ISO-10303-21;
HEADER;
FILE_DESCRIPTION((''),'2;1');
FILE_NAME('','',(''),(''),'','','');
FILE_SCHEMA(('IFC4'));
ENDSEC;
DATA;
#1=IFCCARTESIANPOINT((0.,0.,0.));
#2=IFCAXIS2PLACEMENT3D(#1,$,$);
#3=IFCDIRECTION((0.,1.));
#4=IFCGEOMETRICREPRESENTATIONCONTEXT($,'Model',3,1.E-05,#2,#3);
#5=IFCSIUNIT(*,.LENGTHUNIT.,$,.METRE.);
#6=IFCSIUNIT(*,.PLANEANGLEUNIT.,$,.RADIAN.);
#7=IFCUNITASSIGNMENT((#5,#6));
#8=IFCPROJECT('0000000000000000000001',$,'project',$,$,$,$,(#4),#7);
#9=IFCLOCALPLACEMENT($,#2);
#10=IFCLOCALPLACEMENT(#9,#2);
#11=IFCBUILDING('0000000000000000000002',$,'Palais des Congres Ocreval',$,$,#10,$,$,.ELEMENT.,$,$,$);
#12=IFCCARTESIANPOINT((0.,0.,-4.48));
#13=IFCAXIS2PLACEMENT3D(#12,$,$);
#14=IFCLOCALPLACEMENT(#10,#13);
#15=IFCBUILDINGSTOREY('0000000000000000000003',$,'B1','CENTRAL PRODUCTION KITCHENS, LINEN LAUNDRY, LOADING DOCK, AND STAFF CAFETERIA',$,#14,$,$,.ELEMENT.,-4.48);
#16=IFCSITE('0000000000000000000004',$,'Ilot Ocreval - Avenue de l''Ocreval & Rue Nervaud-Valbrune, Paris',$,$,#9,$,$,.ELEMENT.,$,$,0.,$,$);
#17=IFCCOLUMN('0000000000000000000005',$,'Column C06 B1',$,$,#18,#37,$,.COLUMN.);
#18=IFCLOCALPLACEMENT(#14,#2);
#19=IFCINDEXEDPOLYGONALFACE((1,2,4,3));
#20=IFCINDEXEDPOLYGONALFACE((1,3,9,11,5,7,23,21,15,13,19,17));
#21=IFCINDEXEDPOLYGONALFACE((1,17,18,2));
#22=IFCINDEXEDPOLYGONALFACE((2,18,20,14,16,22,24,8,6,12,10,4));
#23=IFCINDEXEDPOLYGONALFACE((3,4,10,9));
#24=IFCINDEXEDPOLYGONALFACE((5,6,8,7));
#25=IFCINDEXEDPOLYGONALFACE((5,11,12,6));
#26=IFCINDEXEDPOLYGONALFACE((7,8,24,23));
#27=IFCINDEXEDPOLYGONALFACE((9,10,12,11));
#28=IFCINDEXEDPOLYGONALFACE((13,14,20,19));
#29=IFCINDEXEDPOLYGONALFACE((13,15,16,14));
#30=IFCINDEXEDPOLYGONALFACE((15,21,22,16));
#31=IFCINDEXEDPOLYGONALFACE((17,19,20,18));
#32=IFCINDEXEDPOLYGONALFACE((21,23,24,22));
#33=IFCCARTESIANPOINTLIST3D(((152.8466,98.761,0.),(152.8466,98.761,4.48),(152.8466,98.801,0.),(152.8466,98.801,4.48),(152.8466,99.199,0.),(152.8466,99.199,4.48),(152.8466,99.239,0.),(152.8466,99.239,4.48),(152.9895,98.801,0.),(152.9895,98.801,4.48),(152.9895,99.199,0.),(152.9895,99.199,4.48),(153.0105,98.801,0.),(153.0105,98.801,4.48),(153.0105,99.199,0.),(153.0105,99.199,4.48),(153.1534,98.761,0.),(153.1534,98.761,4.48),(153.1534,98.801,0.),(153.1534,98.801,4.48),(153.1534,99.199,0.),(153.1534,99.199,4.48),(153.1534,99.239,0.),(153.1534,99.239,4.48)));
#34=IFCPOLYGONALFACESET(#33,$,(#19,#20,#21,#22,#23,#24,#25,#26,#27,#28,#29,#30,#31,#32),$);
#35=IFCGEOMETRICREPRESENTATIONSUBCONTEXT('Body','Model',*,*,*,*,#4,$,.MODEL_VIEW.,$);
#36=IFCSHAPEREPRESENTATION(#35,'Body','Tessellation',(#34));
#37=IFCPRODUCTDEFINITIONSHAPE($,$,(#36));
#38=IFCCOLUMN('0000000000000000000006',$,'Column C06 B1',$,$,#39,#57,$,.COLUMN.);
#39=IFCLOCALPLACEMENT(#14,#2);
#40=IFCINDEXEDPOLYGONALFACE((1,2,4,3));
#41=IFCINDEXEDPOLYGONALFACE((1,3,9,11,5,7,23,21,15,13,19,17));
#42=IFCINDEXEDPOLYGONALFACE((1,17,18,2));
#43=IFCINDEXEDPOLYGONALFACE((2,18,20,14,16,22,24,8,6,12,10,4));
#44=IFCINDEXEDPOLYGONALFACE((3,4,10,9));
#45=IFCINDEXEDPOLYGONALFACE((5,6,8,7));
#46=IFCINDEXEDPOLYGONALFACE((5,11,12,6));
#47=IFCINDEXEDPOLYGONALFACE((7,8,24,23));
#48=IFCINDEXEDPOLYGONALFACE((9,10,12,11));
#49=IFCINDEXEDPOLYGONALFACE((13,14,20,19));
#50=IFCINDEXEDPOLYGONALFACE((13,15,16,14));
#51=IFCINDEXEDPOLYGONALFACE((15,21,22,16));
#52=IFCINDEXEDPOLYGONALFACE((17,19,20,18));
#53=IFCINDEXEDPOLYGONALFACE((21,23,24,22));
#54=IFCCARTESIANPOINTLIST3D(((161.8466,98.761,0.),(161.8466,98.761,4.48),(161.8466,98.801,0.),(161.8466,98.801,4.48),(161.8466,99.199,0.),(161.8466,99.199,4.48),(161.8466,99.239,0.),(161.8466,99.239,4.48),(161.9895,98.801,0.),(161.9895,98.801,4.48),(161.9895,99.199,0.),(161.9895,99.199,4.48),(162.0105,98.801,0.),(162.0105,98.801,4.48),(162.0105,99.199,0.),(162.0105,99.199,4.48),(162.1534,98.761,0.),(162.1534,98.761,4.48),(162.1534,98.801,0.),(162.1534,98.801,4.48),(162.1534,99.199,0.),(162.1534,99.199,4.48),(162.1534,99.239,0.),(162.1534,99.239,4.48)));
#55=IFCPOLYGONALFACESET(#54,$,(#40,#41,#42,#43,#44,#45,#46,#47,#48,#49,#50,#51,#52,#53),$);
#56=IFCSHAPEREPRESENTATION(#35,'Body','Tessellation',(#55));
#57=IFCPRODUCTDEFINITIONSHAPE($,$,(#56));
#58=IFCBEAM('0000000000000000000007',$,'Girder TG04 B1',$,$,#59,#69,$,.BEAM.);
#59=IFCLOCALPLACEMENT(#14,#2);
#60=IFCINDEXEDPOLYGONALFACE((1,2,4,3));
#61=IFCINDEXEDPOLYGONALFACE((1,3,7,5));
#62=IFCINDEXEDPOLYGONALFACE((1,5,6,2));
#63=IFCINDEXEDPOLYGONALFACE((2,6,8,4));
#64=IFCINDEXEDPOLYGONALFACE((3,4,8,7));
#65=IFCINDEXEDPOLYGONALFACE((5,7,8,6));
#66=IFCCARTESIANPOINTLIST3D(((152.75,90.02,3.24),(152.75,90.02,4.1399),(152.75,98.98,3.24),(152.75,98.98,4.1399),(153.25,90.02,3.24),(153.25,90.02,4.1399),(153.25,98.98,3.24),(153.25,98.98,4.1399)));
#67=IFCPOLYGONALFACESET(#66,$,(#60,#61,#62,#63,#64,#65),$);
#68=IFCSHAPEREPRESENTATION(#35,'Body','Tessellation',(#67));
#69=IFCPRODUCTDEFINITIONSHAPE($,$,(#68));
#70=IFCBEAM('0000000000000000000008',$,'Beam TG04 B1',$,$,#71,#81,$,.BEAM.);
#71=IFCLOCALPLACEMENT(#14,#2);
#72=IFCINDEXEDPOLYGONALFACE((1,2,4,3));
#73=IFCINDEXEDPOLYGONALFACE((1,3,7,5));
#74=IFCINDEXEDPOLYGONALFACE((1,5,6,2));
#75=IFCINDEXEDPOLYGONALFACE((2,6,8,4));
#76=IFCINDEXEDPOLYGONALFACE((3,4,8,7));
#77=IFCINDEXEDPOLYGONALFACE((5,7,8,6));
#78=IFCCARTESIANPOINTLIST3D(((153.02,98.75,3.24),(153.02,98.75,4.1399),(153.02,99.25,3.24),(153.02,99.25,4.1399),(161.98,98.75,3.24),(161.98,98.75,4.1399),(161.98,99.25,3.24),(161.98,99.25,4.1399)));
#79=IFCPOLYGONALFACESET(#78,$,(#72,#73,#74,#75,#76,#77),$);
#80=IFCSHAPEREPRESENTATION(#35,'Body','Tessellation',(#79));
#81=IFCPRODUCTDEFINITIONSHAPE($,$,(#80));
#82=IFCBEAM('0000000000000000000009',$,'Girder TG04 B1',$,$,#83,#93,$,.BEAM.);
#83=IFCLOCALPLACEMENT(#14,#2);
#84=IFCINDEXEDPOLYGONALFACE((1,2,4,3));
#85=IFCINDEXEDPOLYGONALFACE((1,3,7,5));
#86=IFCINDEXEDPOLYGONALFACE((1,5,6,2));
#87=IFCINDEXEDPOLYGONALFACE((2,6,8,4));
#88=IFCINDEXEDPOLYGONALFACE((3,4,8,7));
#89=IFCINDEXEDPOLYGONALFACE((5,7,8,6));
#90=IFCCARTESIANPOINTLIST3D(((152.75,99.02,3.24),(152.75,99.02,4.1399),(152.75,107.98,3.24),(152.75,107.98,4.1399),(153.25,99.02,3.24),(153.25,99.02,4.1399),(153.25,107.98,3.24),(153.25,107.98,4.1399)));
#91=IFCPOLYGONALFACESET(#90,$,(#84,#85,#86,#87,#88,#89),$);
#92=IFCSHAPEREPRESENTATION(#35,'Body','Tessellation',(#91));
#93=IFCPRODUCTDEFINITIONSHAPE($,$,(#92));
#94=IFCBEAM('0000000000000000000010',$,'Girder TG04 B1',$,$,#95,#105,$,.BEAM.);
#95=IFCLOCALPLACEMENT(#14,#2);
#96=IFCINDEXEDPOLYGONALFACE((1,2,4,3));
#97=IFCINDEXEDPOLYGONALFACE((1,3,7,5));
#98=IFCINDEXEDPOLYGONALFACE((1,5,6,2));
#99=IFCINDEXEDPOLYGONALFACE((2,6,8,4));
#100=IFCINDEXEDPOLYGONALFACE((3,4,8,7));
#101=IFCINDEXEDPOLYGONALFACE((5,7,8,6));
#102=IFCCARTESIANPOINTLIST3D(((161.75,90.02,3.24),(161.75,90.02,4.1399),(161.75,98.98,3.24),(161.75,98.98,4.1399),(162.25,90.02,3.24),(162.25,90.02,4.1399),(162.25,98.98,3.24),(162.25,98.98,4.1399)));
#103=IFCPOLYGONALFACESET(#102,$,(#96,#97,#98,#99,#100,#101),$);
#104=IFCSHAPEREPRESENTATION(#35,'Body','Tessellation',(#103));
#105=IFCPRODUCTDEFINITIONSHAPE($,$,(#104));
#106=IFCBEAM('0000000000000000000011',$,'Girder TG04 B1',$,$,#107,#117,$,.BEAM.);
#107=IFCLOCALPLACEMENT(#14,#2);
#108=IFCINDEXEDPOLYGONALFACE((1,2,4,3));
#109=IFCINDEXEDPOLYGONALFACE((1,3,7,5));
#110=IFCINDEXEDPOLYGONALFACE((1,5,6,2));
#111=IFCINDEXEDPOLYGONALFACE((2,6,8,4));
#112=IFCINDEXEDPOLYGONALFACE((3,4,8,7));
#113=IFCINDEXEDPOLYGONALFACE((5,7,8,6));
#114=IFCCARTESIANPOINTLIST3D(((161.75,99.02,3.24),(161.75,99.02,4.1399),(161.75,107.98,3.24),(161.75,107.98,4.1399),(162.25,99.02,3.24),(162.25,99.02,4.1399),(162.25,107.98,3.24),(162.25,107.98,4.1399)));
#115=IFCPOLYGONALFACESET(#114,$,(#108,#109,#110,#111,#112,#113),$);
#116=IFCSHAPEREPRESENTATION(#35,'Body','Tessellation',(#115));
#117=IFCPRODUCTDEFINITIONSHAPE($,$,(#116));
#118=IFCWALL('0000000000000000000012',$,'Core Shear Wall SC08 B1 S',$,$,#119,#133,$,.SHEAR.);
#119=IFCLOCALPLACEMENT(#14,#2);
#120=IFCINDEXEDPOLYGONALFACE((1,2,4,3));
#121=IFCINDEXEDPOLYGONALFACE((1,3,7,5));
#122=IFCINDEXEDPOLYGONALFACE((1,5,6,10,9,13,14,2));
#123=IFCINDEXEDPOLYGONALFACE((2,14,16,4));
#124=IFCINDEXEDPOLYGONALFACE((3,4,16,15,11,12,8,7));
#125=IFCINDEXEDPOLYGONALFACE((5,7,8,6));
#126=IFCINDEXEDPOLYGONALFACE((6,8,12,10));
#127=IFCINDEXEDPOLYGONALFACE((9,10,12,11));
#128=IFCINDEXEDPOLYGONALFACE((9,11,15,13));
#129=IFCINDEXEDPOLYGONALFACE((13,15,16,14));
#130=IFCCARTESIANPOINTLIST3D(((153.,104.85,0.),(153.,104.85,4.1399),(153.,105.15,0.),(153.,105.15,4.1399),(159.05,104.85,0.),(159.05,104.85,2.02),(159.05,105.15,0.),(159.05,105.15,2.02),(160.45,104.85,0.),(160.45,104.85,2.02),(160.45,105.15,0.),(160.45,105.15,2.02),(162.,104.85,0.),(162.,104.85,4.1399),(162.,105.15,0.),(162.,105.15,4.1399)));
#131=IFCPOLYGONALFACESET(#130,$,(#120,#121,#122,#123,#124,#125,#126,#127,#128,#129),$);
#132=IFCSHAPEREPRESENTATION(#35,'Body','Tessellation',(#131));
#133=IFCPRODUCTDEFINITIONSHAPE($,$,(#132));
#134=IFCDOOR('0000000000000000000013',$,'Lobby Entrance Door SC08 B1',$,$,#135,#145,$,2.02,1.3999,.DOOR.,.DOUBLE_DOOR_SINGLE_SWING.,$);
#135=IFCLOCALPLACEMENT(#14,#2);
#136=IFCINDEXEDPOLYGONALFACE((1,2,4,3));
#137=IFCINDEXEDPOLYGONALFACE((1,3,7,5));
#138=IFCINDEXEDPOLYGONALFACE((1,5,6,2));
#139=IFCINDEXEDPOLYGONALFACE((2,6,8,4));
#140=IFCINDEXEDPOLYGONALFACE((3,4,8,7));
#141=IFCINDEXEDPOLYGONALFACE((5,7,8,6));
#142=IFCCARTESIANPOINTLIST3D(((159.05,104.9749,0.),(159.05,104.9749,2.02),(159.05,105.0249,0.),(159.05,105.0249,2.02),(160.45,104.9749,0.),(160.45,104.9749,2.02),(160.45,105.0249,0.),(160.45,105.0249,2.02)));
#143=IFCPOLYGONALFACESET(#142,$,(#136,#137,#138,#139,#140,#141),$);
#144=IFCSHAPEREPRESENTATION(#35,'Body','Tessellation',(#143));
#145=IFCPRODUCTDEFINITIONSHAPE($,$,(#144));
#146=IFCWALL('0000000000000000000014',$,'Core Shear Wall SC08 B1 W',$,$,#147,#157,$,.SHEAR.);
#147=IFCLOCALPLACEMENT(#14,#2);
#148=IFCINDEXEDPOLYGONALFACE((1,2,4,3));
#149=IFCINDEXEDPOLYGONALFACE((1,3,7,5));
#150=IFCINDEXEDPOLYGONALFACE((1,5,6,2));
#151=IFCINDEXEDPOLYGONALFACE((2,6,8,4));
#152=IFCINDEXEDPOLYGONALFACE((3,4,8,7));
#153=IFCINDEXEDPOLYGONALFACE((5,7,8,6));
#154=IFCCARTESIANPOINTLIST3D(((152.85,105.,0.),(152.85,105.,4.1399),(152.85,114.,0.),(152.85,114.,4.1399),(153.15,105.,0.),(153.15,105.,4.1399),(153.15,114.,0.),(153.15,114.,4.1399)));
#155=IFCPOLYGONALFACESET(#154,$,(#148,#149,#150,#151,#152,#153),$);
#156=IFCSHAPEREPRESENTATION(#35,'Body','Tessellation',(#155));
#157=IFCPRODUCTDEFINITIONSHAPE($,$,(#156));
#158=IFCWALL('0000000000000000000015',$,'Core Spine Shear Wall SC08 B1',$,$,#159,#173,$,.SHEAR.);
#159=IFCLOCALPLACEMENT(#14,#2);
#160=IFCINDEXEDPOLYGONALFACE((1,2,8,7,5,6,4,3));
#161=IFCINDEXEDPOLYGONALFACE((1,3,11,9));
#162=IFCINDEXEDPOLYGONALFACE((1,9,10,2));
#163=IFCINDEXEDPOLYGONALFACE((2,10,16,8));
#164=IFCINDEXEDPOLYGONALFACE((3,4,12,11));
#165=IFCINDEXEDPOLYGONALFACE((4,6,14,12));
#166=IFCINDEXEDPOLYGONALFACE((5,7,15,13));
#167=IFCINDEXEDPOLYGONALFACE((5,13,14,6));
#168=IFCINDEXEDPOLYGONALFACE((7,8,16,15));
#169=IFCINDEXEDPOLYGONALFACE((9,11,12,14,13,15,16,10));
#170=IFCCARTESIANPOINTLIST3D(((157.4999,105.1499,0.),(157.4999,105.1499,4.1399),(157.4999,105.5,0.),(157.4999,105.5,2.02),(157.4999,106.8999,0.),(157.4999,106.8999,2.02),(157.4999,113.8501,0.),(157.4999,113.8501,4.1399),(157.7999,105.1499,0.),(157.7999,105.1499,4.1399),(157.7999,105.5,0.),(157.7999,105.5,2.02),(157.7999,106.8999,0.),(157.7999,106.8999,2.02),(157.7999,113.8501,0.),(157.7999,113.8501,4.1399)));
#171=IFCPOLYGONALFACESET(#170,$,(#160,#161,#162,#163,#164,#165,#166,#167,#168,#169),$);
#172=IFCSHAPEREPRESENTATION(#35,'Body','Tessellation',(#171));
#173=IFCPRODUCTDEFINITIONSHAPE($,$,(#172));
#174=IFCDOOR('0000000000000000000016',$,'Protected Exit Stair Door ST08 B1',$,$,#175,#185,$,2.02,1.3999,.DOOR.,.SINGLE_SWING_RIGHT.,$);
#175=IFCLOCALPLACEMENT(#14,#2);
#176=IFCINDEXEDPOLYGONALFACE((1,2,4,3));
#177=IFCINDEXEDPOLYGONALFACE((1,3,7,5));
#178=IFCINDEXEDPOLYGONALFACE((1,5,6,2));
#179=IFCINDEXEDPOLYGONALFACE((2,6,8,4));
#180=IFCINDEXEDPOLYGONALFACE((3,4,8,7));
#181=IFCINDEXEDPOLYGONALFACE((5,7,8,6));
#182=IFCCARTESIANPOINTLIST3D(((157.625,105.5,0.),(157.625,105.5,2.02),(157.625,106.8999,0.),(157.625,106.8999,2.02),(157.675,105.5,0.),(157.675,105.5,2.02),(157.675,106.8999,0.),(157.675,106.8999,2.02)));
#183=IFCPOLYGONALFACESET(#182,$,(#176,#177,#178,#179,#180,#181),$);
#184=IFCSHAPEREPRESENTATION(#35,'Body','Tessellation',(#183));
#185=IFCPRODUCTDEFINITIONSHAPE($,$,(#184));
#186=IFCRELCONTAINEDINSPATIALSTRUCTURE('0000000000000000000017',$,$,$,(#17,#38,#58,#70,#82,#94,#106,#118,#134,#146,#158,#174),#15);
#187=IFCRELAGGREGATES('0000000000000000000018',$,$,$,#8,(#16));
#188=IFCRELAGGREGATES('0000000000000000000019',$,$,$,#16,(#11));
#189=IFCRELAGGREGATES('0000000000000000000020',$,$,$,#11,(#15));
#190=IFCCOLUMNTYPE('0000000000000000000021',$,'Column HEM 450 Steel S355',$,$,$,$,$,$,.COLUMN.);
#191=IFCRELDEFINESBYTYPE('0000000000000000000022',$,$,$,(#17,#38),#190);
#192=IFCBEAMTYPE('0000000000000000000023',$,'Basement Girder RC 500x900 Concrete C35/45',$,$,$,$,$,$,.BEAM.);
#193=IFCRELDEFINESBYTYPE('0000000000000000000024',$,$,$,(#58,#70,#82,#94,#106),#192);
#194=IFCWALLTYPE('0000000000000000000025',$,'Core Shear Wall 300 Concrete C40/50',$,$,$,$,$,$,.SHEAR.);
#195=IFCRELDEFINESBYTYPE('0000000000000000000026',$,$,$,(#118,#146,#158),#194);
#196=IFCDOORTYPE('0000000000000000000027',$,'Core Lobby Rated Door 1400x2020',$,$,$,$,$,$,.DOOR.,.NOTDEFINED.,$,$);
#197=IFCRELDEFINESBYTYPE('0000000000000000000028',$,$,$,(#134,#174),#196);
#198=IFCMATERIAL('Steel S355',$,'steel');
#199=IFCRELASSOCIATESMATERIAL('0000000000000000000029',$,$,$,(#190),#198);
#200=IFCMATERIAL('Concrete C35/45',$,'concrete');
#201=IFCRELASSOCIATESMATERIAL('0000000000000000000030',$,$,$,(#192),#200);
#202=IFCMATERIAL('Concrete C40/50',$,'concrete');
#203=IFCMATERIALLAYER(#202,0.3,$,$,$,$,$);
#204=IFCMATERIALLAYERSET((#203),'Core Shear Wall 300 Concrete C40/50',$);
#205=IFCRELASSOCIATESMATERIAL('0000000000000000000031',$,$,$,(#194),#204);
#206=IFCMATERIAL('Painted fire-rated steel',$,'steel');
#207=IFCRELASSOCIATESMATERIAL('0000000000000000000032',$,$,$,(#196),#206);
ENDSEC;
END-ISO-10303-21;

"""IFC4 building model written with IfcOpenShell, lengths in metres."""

from ifc_helpers import new_model, si_unit, direction, frame, frame_2d, origin, origin_2d, place, context, subcontext, project, spatial, rectangle, i_section, extrude, material, layer, layer_set, material_profile, profile_set, type_object, element, fill, save


model = new_model("IFC4")

# Units and contexts
model_context = context("Model", 3, precision=1e-05, world=origin(), true_north=direction((0.0, 1.0)))
body_context = subcontext(model_context, "Body", "Model", "MODEL_VIEW")
ifc_project = project(units=[si_unit("LENGTHUNIT", "METRE"), si_unit("PLANEANGLEUNIT", "RADIAN")], contexts=[model_context])

# Site, building, storey
site_placement = place(None, origin())
site = spatial("IfcSite", under=ifc_project, at=site_placement, Name="Ilot Ocreval - Avenue de l'Ocreval & Rue Nervaud-Valbrune, Paris", CompositionType="ELEMENT", RefElevation=0.0)
building_placement = place(site_placement, origin())
building = spatial("IfcBuilding", under=site, at=building_placement, Name="Palais des Congres Ocreval", CompositionType="ELEMENT")
storey_placement = place(building_placement, frame((0.0, 0.0, -4.48)))
storey = spatial("IfcBuildingStorey", under=building, at=storey_placement, Name="B1", Description="CENTRAL PRODUCTION KITCHENS, LINEN LAUNDRY, LOADING DOCK, AND STAFF CAFETERIA", CompositionType="ELEMENT", Elevation=-4.48)

# Columns
ifc_material_1 = material(Name="Steel S355", Category="steel")
ifc_material_profile_1 = material_profile(ifc_material_1, i_section(OverallWidth=0.3069, OverallDepth=0.478, WebThickness=0.021, FlangeThickness=0.04, at=origin_2d()), Name="HEM 450")
ifc_profile_set_1 = profile_set([ifc_material_profile_1], Name="Steel S355")
column_type = type_object("IfcColumnType", Name="Column HEM 450 Steel S355", PredefinedType="COLUMN", material=ifc_profile_set_1)
for number, where, z_axis, x_axis, name in (
    (1, (153.0, 99.0, 0.0), (0.0, 0.0, 1.0), (1.0, 0.0, 0.0), "Column C06 B1"),
    (2, (162.0, 99.0, 0.0), (0.0, 0.0, 1.0), (1.0, 0.0, 0.0), "Column C06 B1"),
):
    element("IfcColumn", number, at=place(storey_placement, frame(where, z_axis=z_axis, x_axis=x_axis)), inside=storey, type_object=column_type, Name=name, PredefinedType="COLUMN", context=body_context, shape_type="SweptSolid", body=[
        extrude(i_section(OverallWidth=0.3069, OverallDepth=0.478, WebThickness=0.021, FlangeThickness=0.04, at=origin_2d()), origin(), (0.0, 0.0, 1.0), 4.48),
    ])

# Beams
ifc_material_2 = material(Name="Concrete C35/45", Category="concrete")
ifc_material_profile_2 = material_profile(ifc_material_2, rectangle(XDim=0.5, YDim=0.8999, at=origin_2d()), Name="RC 500x900")
ifc_profile_set_2 = profile_set([ifc_material_profile_2], Name="Concrete C35/45")
beam_type = type_object("IfcBeamType", Name="Basement Girder RC 500x900 Concrete C35/45", PredefinedType="BEAM", material=ifc_profile_set_2)
for number, where, z_axis, x_axis, name in (
    (3, (153.0, 90.02, 3.6899), (0.0, 1.0, 0.0), (-1.0, 0.0, 0.0), "Girder TG04 B1"),
    (4, (153.02, 99.0, 3.6899), (1.0, 0.0, 0.0), (0.0, 1.0, 0.0), "Beam TG04 B1"),
    (5, (153.0, 99.02, 3.6899), (0.0, 1.0, 0.0), (-1.0, 0.0, 0.0), "Girder TG04 B1"),
    (6, (162.0, 90.02, 3.6899), (0.0, 1.0, 0.0), (-1.0, 0.0, 0.0), "Girder TG04 B1"),
    (7, (162.0, 99.02, 3.6899), (0.0, 1.0, 0.0), (-1.0, 0.0, 0.0), "Girder TG04 B1"),
):
    element("IfcBeam", number, at=place(storey_placement, frame(where, z_axis=z_axis, x_axis=x_axis)), inside=storey, type_object=beam_type, Name=name, PredefinedType="BEAM", context=body_context, shape_type="SweptSolid", body=[
        extrude(rectangle(XDim=0.5, YDim=0.8999, at=origin_2d()), origin(), (0.0, 0.0, 1.0), 8.96),
    ])

# Wall, opening, door
ifc_material_3 = material(Name="Concrete C40/50", Category="concrete")
ifc_layer_1 = layer(ifc_material_3, 0.3)
ifc_layer_set_1 = layer_set([ifc_layer_1], Name="Core Shear Wall 300 Concrete C40/50")
wall_type_1 = type_object("IfcWallType", Name="Core Shear Wall 300 Concrete C40/50", PredefinedType="SHEAR", material=ifc_layer_set_1)
wall_1_placement = place(storey_placement, frame((153.0, 105.0, 0.0), z_axis=(0.0, 0.0, 1.0), x_axis=(1.0, 0.0, 0.0)))
wall_1 = element("IfcWall", 8, at=wall_1_placement, inside=storey, type_object=wall_type_1, Name="Core Shear Wall SC08 B1 S", PredefinedType="SHEAR", context=body_context, shape_type="SweptSolid", body=[
    extrude(rectangle(XDim=9.0, YDim=0.3, at=frame_2d((4.5, 0.0))), origin(), (0.0, 0.0, 1.0), 4.1399),
])
opening_1_placement = place(wall_1_placement, frame((6.05, 0.0, 0.0)))
opening_1 = element("IfcOpeningElement", 9, at=opening_1_placement, cuts=wall_1, PredefinedType="OPENING", context=body_context, shape_type="SweptSolid", body=[
    extrude(rectangle(XDim=1.3999, YDim=2.02, at=frame_2d((0.7, 1.01))), frame((0.0, 0.1599, 0.0), z_axis=(0.0, -1.0, 0.0), x_axis=(1.0, 0.0, 0.0)), (0.0, 0.0, 1.0), 0.3201),
])
ifc_material_4 = material(Name="Painted fire-rated steel", Category="steel")
door_type_1 = type_object("IfcDoorType", Name="Core Lobby Rated Door 1400x2020", OperationType="NOTDEFINED", PredefinedType="DOOR", material=ifc_material_4)
door_1_placement = place(opening_1_placement, origin())
door_1 = element("IfcDoor", 10, at=door_1_placement, inside=storey, type_object=door_type_1, Name="Lobby Entrance Door SC08 B1", OperationType="DOUBLE_DOOR_SINGLE_SWING", OverallHeight=2.02, OverallWidth=1.3999, PredefinedType="DOOR", context=body_context, shape_type="SweptSolid", body=[
    extrude(rectangle(XDim=1.3999, YDim=2.02, at=frame_2d((0.7, 1.01))), frame((0.0, 0.0249, 0.0), z_axis=(0.0, -1.0, 0.0), x_axis=(1.0, 0.0, 0.0)), (0.0, 0.0, 1.0), 0.05),
])
fill(opening_1, door_1)

# Wall
wall_2_placement = place(storey_placement, frame((153.0, 105.0, 0.0), z_axis=(0.0, 0.0, 1.0), x_axis=(0.0, 1.0, 0.0)))
element("IfcWall", 11, at=wall_2_placement, inside=storey, type_object=wall_type_1, Name="Core Shear Wall SC08 B1 W", PredefinedType="SHEAR", context=body_context, shape_type="SweptSolid", body=[
    extrude(rectangle(XDim=9.0, YDim=0.3, at=frame_2d((4.5, 0.0))), origin(), (0.0, 0.0, 1.0), 4.1399),
])

# Wall, opening, door
wall_3_placement = place(storey_placement, frame((157.6499, 105.1499, 0.0), z_axis=(0.0, 0.0, 1.0), x_axis=(0.0, 1.0, 0.0)))
wall_3 = element("IfcWall", 12, at=wall_3_placement, inside=storey, type_object=wall_type_1, Name="Core Spine Shear Wall SC08 B1", PredefinedType="SHEAR", context=body_context, shape_type="SweptSolid", body=[
    extrude(rectangle(XDim=8.7002, YDim=0.3, at=frame_2d((4.3501, 0.0))), origin(), (0.0, 0.0, 1.0), 4.1399),
])
opening_2_placement = place(wall_3_placement, frame((0.3501, 0.0, 0.0)))
opening_2 = element("IfcOpeningElement", 13, at=opening_2_placement, cuts=wall_3, PredefinedType="OPENING", context=body_context, shape_type="SweptSolid", body=[
    extrude(rectangle(XDim=1.3999, YDim=2.02, at=frame_2d((0.7, 1.01))), frame((0.0, 0.1599, 0.0), z_axis=(0.0, -1.0, 0.0), x_axis=(1.0, 0.0, 0.0)), (0.0, 0.0, 1.0), 0.3201),
])
door_2_placement = place(opening_2_placement, origin())
door_2 = element("IfcDoor", 14, at=door_2_placement, inside=storey, type_object=door_type_1, Name="Protected Exit Stair Door ST08 B1", OperationType="SINGLE_SWING_RIGHT", OverallHeight=2.02, OverallWidth=1.3999, PredefinedType="DOOR", context=body_context, shape_type="SweptSolid", body=[
    extrude(rectangle(XDim=1.3999, YDim=2.02, at=frame_2d((0.7, 1.01))), frame((0.0, 0.0249, 0.0), z_axis=(0.0, -1.0, 0.0), x_axis=(1.0, 0.0, 0.0)), (0.0, 0.0, 1.0), 0.05),
])
fill(opening_2, door_2)

save(model, "model.ifc")
